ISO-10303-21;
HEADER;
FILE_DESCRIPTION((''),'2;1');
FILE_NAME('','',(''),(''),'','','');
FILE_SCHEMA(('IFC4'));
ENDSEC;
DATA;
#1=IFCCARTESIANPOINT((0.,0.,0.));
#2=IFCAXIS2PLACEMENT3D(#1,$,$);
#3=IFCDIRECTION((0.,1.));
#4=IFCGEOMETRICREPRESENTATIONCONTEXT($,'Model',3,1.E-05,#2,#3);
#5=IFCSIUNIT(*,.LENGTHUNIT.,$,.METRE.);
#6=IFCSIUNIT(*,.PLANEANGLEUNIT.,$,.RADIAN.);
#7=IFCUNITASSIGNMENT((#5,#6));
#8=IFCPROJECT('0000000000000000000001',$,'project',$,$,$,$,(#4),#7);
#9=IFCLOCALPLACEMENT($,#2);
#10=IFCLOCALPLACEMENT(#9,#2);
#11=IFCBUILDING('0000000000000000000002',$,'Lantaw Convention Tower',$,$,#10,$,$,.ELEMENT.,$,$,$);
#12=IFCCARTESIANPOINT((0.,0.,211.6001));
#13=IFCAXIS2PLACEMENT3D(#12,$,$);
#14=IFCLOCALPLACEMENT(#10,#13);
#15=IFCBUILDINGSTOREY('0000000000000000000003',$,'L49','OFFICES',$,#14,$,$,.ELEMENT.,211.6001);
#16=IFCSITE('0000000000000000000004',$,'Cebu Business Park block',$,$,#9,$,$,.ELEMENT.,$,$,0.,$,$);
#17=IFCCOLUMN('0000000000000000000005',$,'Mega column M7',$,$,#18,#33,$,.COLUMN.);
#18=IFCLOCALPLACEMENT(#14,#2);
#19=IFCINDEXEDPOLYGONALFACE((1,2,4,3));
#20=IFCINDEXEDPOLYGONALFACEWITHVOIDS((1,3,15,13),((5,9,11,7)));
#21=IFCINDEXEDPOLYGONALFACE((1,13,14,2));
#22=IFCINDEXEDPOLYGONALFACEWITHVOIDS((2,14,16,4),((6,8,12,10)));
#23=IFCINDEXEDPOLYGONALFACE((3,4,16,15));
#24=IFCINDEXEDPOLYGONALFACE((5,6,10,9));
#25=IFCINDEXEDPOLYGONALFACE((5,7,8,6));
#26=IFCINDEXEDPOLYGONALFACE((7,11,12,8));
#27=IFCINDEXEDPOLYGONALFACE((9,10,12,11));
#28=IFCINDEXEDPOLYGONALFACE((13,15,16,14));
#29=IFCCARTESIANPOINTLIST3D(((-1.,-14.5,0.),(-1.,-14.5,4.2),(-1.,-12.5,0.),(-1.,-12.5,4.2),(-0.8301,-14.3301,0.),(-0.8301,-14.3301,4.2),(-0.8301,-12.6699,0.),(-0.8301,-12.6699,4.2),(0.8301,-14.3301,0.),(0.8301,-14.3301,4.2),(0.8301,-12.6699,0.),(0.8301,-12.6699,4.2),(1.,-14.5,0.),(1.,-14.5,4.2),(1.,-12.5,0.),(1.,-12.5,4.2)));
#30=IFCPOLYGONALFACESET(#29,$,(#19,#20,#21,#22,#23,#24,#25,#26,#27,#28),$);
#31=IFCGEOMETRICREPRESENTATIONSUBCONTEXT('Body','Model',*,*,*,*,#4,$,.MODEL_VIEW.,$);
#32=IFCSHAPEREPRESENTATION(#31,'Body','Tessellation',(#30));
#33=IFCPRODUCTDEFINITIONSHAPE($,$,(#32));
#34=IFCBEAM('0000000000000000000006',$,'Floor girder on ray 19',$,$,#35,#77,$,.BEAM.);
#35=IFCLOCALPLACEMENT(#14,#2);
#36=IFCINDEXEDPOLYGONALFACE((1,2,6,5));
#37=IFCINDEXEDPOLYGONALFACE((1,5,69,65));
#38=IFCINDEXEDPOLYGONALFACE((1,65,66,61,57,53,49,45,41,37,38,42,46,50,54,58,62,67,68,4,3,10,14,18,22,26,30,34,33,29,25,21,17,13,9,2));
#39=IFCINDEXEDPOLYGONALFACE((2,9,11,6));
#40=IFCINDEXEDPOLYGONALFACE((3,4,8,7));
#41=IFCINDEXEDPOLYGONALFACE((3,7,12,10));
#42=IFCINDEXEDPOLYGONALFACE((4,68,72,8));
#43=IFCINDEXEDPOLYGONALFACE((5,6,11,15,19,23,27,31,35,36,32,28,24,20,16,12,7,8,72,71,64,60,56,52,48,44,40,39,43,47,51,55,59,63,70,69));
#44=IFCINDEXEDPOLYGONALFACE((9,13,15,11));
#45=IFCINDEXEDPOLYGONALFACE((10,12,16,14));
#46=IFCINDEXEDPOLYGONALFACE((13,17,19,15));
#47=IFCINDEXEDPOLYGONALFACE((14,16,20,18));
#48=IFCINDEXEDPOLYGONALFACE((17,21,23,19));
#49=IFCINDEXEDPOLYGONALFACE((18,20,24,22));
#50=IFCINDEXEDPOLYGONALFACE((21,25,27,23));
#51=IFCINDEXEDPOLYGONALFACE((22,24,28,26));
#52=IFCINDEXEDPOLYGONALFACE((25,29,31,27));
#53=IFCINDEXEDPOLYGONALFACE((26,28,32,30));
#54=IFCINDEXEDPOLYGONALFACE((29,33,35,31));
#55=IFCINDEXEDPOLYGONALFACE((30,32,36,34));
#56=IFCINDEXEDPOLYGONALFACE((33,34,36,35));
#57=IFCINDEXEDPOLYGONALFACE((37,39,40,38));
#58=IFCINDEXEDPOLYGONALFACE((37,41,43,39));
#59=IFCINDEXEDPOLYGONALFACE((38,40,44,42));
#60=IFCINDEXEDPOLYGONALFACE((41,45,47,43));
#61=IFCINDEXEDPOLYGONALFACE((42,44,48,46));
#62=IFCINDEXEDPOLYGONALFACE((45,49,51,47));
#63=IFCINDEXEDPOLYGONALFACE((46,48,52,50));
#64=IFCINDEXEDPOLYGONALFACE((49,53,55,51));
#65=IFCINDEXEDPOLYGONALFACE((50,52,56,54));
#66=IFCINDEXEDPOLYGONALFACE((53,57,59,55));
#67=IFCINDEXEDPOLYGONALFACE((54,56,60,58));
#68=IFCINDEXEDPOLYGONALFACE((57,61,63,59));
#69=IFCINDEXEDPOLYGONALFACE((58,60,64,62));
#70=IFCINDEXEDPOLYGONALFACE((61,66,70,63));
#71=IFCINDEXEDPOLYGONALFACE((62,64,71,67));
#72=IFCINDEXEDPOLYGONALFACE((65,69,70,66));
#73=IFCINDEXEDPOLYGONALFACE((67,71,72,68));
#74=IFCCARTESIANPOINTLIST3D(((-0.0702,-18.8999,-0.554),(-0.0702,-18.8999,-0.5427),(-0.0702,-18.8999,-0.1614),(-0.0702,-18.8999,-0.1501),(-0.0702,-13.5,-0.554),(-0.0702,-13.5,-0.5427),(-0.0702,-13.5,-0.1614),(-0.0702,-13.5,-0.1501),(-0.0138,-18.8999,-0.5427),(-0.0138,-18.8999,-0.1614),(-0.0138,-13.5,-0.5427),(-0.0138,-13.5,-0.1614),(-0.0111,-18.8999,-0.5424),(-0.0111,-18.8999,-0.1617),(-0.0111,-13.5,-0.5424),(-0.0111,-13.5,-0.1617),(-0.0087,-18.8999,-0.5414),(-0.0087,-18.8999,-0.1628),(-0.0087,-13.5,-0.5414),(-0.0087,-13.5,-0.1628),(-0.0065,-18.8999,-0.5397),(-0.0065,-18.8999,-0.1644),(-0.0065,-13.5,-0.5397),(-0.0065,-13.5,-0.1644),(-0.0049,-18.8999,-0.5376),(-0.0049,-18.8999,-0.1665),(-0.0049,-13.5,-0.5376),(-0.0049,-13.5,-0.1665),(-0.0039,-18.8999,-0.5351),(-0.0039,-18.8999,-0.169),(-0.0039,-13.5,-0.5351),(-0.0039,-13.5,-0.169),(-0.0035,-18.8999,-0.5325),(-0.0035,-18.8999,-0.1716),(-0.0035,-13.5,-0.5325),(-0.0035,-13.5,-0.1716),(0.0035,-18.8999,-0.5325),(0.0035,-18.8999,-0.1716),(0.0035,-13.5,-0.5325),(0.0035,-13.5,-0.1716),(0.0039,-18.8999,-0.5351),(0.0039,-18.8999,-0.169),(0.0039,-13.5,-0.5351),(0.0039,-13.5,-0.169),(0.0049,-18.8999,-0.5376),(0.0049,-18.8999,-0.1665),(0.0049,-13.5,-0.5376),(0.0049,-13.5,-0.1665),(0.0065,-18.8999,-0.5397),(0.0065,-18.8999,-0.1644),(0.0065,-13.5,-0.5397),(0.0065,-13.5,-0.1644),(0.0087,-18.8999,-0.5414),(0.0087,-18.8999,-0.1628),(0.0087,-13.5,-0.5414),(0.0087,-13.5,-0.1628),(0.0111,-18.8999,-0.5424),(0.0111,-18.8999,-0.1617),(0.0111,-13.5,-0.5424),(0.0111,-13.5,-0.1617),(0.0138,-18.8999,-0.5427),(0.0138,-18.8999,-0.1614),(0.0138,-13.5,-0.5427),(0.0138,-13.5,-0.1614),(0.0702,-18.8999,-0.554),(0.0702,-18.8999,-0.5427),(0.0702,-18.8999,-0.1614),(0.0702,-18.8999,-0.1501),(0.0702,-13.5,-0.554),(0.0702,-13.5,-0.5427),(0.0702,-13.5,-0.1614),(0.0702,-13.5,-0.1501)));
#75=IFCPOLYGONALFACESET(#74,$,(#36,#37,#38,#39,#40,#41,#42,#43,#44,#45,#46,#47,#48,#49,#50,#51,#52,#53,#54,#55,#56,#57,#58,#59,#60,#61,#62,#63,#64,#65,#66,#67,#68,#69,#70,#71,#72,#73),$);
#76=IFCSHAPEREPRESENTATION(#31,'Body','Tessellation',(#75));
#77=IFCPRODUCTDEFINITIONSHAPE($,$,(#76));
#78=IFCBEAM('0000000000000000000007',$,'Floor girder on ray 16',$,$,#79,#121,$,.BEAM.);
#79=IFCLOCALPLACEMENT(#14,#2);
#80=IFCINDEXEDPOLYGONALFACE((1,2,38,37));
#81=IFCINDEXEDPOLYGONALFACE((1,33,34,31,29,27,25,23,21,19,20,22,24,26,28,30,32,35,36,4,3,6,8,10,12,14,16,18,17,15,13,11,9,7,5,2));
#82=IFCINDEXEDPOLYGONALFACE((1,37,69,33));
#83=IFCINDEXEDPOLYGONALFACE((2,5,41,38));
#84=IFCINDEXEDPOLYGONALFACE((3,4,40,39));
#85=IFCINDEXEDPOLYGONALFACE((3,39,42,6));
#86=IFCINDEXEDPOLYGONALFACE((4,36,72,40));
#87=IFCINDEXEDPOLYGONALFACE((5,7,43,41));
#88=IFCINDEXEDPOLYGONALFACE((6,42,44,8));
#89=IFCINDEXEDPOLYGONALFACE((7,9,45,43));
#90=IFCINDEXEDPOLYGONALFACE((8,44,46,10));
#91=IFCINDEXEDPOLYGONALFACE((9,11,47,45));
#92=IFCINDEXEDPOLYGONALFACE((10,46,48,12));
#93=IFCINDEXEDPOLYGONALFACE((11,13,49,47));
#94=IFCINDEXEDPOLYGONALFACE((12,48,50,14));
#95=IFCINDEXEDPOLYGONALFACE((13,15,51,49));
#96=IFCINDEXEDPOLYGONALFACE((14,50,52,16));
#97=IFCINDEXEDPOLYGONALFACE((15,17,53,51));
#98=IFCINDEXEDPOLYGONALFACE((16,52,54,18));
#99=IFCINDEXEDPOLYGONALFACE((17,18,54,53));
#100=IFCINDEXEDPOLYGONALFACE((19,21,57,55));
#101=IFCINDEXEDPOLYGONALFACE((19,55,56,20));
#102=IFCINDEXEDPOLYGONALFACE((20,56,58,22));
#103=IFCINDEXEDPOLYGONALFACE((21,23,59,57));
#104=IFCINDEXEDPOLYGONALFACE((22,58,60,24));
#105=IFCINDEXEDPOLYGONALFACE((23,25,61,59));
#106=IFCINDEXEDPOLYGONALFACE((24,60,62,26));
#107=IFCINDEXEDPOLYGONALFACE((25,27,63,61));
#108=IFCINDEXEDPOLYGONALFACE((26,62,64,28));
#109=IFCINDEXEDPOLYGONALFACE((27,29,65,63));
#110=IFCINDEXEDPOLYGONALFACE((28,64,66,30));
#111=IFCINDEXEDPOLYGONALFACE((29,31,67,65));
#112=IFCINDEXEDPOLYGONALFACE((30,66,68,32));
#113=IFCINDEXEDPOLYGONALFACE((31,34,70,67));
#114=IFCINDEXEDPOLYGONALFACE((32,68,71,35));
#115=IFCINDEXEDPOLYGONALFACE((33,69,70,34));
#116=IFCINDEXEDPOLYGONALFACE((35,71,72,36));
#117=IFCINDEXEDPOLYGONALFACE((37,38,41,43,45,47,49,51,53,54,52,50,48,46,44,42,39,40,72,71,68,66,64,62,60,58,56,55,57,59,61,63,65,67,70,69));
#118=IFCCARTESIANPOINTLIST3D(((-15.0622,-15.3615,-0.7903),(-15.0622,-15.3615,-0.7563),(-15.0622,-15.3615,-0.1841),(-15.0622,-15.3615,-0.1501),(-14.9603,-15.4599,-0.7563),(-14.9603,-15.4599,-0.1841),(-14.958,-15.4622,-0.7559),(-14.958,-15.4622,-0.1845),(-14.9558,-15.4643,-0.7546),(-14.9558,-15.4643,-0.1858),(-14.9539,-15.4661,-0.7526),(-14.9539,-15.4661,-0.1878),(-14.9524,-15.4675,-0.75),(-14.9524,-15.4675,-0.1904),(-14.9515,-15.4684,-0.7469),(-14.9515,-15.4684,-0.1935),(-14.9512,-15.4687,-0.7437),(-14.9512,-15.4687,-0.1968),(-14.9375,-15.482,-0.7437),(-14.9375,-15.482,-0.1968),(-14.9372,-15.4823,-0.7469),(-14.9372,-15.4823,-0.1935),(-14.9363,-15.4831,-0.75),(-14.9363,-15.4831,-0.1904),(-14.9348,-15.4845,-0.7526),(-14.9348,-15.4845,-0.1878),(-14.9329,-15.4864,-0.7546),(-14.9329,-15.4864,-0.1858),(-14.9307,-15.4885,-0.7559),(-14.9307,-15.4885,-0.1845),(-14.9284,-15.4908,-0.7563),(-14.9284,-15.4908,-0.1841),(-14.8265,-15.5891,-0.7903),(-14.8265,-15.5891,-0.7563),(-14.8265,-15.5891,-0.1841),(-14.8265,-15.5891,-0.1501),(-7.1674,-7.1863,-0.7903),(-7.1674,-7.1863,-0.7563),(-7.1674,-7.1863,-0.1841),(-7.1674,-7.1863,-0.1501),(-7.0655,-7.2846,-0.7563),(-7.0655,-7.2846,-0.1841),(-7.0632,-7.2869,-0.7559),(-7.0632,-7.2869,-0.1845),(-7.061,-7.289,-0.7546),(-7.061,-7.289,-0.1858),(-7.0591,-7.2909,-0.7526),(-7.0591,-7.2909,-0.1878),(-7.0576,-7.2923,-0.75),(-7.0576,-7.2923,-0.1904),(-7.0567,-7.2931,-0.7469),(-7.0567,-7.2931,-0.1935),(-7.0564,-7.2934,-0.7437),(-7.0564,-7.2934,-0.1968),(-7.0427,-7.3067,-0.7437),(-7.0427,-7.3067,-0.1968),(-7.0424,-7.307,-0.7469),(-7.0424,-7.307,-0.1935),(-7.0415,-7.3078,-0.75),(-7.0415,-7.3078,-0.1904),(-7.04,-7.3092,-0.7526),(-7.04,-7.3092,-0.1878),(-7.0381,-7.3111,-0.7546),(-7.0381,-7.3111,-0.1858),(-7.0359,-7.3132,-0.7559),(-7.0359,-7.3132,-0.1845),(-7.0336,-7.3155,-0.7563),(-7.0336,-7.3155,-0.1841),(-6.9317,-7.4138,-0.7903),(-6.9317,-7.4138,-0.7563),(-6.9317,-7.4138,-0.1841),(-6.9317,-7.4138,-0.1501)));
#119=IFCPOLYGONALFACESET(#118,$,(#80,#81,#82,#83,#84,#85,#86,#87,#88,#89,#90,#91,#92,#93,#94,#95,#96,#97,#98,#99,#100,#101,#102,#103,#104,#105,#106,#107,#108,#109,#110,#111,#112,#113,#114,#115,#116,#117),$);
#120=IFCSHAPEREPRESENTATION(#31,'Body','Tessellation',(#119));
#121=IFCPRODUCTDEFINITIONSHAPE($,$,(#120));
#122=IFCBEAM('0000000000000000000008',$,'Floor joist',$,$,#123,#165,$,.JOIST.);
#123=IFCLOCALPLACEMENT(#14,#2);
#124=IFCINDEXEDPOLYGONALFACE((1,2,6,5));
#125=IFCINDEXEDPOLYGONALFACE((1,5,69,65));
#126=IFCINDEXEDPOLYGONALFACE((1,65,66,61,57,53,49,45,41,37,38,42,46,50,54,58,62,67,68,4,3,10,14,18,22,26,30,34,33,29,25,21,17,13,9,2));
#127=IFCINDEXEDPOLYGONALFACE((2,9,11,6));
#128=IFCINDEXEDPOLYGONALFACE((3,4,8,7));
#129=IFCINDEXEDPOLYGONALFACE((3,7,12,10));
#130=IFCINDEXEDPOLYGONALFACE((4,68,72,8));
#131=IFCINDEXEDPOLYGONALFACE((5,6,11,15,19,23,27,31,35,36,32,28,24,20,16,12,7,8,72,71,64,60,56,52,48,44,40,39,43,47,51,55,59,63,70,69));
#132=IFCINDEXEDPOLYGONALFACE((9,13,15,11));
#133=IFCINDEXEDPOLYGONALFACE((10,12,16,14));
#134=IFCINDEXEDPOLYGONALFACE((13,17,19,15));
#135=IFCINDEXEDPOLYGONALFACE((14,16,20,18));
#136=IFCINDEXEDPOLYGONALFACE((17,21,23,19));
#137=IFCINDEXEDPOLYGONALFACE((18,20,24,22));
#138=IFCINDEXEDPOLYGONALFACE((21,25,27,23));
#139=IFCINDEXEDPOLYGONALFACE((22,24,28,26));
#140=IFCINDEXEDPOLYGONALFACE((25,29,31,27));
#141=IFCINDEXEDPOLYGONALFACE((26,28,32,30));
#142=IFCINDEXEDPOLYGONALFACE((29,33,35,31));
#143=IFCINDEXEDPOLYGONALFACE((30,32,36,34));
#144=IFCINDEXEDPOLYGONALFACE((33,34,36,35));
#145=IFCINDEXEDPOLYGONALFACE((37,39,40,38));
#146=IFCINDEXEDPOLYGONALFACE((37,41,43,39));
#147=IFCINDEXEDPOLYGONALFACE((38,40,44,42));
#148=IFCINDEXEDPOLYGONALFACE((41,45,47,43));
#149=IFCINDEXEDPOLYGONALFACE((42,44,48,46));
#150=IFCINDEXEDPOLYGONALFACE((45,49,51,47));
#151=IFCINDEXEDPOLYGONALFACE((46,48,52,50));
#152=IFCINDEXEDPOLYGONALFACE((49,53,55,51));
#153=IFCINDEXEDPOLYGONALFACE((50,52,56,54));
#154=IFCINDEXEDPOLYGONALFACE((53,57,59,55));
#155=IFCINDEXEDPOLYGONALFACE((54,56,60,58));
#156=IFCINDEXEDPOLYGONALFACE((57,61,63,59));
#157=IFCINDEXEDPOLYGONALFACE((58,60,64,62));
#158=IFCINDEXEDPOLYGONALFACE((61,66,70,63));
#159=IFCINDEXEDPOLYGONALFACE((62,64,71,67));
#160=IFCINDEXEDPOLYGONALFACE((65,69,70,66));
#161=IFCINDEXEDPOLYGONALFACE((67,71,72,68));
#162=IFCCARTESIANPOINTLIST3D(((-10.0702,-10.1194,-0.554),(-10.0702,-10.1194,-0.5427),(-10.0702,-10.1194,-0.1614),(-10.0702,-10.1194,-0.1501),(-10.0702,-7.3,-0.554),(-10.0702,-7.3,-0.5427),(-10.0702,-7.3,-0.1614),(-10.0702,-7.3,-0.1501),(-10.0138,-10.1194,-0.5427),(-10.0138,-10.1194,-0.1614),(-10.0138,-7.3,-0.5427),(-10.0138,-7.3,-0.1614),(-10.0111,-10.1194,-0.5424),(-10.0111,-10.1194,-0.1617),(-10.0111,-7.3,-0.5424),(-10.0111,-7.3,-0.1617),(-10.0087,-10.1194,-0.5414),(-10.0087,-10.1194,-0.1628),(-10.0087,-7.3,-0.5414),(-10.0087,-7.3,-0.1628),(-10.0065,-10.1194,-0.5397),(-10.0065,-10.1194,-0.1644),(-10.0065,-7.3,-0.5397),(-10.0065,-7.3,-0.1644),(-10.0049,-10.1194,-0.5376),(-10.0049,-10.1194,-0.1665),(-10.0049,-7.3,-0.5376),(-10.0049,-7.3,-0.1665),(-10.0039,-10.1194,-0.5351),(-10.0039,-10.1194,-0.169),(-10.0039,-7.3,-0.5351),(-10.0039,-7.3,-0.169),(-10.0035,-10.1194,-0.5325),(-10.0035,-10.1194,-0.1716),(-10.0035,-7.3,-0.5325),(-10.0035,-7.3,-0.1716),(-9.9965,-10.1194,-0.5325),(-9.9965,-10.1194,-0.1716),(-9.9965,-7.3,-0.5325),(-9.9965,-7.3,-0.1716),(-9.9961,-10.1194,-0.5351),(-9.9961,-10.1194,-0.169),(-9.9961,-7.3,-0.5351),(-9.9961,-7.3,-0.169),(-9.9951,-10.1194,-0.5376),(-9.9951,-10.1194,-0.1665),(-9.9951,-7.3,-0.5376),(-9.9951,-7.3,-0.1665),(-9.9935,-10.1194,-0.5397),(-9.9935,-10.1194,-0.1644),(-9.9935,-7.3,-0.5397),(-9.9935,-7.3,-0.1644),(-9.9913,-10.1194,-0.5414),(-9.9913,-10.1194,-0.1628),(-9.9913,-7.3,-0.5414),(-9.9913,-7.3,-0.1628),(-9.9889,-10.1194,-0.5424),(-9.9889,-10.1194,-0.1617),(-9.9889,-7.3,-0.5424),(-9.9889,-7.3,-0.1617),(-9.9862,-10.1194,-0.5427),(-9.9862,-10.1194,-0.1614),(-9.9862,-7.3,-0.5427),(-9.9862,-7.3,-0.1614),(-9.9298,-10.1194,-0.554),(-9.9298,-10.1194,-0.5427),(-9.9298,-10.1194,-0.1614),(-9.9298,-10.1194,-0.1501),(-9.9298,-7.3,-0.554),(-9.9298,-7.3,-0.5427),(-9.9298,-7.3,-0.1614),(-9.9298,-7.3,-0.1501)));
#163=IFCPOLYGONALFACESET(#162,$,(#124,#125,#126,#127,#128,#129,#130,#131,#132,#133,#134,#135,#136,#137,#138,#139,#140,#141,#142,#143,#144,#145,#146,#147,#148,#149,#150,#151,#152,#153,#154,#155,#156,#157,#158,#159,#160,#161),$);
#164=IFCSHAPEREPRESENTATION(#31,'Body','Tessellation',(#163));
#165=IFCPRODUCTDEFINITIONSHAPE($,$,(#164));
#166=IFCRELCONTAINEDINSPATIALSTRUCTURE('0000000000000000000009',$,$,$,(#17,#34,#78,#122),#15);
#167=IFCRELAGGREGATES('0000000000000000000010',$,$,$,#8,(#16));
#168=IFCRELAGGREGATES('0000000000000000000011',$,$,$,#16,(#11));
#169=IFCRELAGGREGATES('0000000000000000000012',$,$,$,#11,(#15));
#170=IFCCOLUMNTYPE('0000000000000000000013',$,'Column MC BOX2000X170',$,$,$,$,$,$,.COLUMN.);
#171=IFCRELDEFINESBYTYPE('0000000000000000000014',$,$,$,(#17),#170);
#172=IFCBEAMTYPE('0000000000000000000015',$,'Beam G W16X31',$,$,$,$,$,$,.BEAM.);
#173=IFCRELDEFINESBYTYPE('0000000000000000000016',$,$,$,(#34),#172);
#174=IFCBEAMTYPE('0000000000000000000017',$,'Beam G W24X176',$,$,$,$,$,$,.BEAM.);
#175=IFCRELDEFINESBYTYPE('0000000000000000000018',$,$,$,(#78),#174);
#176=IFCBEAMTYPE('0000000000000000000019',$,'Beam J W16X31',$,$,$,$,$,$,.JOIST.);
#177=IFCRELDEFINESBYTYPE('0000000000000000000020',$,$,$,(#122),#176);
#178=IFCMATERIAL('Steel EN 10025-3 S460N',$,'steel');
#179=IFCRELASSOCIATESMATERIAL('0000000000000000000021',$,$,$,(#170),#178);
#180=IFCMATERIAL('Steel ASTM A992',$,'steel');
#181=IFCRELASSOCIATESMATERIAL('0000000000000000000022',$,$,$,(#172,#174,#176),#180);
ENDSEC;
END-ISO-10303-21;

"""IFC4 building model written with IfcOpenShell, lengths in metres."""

from ifc_helpers import new_model, si_unit, direction, frame, origin, origin_2d, place, context, subcontext, project, spatial, rectangle, hollow_rectangle, i_section, extrude, material, material_profile, profile_set, type_object, element, save


model = new_model("IFC4")

# Units and contexts
model_context = context("Model", 3, precision=1e-05, world=origin(), true_north=direction((0.0, 1.0)))
body_context = subcontext(model_context, "Body", "Model", "MODEL_VIEW")
ifc_project = project(units=[si_unit("LENGTHUNIT", "METRE"), si_unit("PLANEANGLEUNIT", "RADIAN")], contexts=[model_context])

# Site, building, storey
site_placement = place(None, origin())
site = spatial("IfcSite", under=ifc_project, at=site_placement, Name="Cebu Business Park block", CompositionType="ELEMENT", RefElevation=0.0)
building_placement = place(site_placement, origin())
building = spatial("IfcBuilding", under=site, at=building_placement, Name="Lantaw Convention Tower", CompositionType="ELEMENT")
storey_placement = place(building_placement, frame((0.0, 0.0, 211.6001)))
storey = spatial("IfcBuildingStorey", under=building, at=storey_placement, Name="L49", Description="OFFICES", CompositionType="ELEMENT", Elevation=211.6001)

# Column
ifc_material_1 = material(Name="Steel EN 10025-3 S460N", Category="steel")
ifc_material_profile_1 = material_profile(ifc_material_1, hollow_rectangle(XDim=2.0, YDim=2.0, WallThickness=0.1699, at=origin_2d()), Name="BOX2000X170")
ifc_material_2 = material(Name="Concrete C60/75", Category="concrete")
ifc_material_profile_2 = material_profile(ifc_material_2, rectangle(XDim=1.6599, YDim=1.6599, at=origin_2d()), Name="Concrete fill of BOX2000X170")
ifc_profile_set_1 = profile_set([ifc_material_profile_1, ifc_material_profile_2], Name="Steel EN 10025-3 S460N")
column_type = type_object("IfcColumnType", Name="Column MC BOX2000X170", PredefinedType="COLUMN", material=ifc_profile_set_1)
column_placement = place(storey_placement, frame((0.0, -13.5, 0.0), z_axis=(0.0, 0.0, 1.0), x_axis=(1.0, 0.0, 0.0)))
element("IfcColumn", 1, at=column_placement, inside=storey, type_object=column_type, Name="Mega column M7", PredefinedType="COLUMN", context=body_context, shape_type="SweptSolid", body=[
    extrude(hollow_rectangle(XDim=2.0, YDim=2.0, WallThickness=0.1699, at=origin_2d()), origin(), (0.0, 0.0, 1.0), 4.2),
])

# Beams
ifc_material_3 = material(Name="Steel ASTM A992", Category="steel")
ifc_material_profile_3 = material_profile(ifc_material_3, i_section(OverallWidth=0.1404, OverallDepth=0.4038, WebThickness=0.0071, FlangeThickness=0.0112, FilletRadius=0.0103, at=origin_2d()), Name="W16X31")
ifc_profile_set_2 = profile_set([ifc_material_profile_3], Name="Steel ASTM A992")
beam_type_1 = type_object("IfcBeamType", Name="Beam G W16X31", PredefinedType="BEAM", material=ifc_profile_set_2)
beam_1_placement = place(storey_placement, frame((0.0, -13.5, -0.3521), z_axis=(0.0, -1.0, 0.0), x_axis=(1.0, 0.0, 0.0)))
element("IfcBeam", 2, at=beam_1_placement, inside=storey, type_object=beam_type_1, Name="Floor girder on ray 19", PredefinedType="BEAM", context=body_context, shape_type="SweptSolid", body=[
    extrude(i_section(OverallWidth=0.1404, OverallDepth=0.4038, WebThickness=0.0071, FlangeThickness=0.0112, FilletRadius=0.0103, at=origin_2d()), origin(), (0.0, 0.0, 1.0), 5.3999),
])
ifc_material_profile_4 = material_profile(ifc_material_3, i_section(OverallWidth=0.3276, OverallDepth=0.6401, WebThickness=0.019, FlangeThickness=0.0339, FilletRadius=0.0127, at=origin_2d()), Name="W24X176")
ifc_profile_set_3 = profile_set([ifc_material_profile_4], Name="Steel ASTM A992")
beam_type_2 = type_object("IfcBeamType", Name="Beam G W24X176", PredefinedType="BEAM", material=ifc_profile_set_3)
beam_2_placement = place(storey_placement, frame((-7.0496, -7.3, -0.4702), z_axis=(-0.694658, -0.71934, 0.0), x_axis=(0.71934, -0.694658, 0.0)))
element("IfcBeam", 3, at=beam_2_placement, inside=storey, type_object=beam_type_2, Name="Floor girder on ray 16", PredefinedType="BEAM", context=body_context, shape_type="SweptSolid", body=[
    extrude(i_section(OverallWidth=0.3276, OverallDepth=0.6401, WebThickness=0.019, FlangeThickness=0.0339, FilletRadius=0.0127, at=origin_2d()), origin(), (0.0, 0.0, 1.0), 11.365),
])
ifc_material_profile_5 = material_profile(ifc_material_3, i_section(OverallWidth=0.1404, OverallDepth=0.4038, WebThickness=0.0071, FlangeThickness=0.0112, FilletRadius=0.0103, at=origin_2d()), Name="W16X31")
ifc_profile_set_4 = profile_set([ifc_material_profile_5], Name="Steel ASTM A992")
beam_type_3 = type_object("IfcBeamType", Name="Beam J W16X31", PredefinedType="JOIST", material=ifc_profile_set_4)
beam_3_placement = place(storey_placement, frame((-10.0, -10.1194, -0.3521), z_axis=(0.0, 1.0, 0.0), x_axis=(-1.0, 0.0, 0.0)))
element("IfcBeam", 4, at=beam_3_placement, inside=storey, type_object=beam_type_3, Name="Floor joist", PredefinedType="JOIST", context=body_context, shape_type="SweptSolid", body=[
    extrude(i_section(OverallWidth=0.1404, OverallDepth=0.4038, WebThickness=0.0071, FlangeThickness=0.0112, FilletRadius=0.0103, at=origin_2d()), origin(), (0.0, 0.0, 1.0), 2.8193),
])

save(model, "model.ifc")
